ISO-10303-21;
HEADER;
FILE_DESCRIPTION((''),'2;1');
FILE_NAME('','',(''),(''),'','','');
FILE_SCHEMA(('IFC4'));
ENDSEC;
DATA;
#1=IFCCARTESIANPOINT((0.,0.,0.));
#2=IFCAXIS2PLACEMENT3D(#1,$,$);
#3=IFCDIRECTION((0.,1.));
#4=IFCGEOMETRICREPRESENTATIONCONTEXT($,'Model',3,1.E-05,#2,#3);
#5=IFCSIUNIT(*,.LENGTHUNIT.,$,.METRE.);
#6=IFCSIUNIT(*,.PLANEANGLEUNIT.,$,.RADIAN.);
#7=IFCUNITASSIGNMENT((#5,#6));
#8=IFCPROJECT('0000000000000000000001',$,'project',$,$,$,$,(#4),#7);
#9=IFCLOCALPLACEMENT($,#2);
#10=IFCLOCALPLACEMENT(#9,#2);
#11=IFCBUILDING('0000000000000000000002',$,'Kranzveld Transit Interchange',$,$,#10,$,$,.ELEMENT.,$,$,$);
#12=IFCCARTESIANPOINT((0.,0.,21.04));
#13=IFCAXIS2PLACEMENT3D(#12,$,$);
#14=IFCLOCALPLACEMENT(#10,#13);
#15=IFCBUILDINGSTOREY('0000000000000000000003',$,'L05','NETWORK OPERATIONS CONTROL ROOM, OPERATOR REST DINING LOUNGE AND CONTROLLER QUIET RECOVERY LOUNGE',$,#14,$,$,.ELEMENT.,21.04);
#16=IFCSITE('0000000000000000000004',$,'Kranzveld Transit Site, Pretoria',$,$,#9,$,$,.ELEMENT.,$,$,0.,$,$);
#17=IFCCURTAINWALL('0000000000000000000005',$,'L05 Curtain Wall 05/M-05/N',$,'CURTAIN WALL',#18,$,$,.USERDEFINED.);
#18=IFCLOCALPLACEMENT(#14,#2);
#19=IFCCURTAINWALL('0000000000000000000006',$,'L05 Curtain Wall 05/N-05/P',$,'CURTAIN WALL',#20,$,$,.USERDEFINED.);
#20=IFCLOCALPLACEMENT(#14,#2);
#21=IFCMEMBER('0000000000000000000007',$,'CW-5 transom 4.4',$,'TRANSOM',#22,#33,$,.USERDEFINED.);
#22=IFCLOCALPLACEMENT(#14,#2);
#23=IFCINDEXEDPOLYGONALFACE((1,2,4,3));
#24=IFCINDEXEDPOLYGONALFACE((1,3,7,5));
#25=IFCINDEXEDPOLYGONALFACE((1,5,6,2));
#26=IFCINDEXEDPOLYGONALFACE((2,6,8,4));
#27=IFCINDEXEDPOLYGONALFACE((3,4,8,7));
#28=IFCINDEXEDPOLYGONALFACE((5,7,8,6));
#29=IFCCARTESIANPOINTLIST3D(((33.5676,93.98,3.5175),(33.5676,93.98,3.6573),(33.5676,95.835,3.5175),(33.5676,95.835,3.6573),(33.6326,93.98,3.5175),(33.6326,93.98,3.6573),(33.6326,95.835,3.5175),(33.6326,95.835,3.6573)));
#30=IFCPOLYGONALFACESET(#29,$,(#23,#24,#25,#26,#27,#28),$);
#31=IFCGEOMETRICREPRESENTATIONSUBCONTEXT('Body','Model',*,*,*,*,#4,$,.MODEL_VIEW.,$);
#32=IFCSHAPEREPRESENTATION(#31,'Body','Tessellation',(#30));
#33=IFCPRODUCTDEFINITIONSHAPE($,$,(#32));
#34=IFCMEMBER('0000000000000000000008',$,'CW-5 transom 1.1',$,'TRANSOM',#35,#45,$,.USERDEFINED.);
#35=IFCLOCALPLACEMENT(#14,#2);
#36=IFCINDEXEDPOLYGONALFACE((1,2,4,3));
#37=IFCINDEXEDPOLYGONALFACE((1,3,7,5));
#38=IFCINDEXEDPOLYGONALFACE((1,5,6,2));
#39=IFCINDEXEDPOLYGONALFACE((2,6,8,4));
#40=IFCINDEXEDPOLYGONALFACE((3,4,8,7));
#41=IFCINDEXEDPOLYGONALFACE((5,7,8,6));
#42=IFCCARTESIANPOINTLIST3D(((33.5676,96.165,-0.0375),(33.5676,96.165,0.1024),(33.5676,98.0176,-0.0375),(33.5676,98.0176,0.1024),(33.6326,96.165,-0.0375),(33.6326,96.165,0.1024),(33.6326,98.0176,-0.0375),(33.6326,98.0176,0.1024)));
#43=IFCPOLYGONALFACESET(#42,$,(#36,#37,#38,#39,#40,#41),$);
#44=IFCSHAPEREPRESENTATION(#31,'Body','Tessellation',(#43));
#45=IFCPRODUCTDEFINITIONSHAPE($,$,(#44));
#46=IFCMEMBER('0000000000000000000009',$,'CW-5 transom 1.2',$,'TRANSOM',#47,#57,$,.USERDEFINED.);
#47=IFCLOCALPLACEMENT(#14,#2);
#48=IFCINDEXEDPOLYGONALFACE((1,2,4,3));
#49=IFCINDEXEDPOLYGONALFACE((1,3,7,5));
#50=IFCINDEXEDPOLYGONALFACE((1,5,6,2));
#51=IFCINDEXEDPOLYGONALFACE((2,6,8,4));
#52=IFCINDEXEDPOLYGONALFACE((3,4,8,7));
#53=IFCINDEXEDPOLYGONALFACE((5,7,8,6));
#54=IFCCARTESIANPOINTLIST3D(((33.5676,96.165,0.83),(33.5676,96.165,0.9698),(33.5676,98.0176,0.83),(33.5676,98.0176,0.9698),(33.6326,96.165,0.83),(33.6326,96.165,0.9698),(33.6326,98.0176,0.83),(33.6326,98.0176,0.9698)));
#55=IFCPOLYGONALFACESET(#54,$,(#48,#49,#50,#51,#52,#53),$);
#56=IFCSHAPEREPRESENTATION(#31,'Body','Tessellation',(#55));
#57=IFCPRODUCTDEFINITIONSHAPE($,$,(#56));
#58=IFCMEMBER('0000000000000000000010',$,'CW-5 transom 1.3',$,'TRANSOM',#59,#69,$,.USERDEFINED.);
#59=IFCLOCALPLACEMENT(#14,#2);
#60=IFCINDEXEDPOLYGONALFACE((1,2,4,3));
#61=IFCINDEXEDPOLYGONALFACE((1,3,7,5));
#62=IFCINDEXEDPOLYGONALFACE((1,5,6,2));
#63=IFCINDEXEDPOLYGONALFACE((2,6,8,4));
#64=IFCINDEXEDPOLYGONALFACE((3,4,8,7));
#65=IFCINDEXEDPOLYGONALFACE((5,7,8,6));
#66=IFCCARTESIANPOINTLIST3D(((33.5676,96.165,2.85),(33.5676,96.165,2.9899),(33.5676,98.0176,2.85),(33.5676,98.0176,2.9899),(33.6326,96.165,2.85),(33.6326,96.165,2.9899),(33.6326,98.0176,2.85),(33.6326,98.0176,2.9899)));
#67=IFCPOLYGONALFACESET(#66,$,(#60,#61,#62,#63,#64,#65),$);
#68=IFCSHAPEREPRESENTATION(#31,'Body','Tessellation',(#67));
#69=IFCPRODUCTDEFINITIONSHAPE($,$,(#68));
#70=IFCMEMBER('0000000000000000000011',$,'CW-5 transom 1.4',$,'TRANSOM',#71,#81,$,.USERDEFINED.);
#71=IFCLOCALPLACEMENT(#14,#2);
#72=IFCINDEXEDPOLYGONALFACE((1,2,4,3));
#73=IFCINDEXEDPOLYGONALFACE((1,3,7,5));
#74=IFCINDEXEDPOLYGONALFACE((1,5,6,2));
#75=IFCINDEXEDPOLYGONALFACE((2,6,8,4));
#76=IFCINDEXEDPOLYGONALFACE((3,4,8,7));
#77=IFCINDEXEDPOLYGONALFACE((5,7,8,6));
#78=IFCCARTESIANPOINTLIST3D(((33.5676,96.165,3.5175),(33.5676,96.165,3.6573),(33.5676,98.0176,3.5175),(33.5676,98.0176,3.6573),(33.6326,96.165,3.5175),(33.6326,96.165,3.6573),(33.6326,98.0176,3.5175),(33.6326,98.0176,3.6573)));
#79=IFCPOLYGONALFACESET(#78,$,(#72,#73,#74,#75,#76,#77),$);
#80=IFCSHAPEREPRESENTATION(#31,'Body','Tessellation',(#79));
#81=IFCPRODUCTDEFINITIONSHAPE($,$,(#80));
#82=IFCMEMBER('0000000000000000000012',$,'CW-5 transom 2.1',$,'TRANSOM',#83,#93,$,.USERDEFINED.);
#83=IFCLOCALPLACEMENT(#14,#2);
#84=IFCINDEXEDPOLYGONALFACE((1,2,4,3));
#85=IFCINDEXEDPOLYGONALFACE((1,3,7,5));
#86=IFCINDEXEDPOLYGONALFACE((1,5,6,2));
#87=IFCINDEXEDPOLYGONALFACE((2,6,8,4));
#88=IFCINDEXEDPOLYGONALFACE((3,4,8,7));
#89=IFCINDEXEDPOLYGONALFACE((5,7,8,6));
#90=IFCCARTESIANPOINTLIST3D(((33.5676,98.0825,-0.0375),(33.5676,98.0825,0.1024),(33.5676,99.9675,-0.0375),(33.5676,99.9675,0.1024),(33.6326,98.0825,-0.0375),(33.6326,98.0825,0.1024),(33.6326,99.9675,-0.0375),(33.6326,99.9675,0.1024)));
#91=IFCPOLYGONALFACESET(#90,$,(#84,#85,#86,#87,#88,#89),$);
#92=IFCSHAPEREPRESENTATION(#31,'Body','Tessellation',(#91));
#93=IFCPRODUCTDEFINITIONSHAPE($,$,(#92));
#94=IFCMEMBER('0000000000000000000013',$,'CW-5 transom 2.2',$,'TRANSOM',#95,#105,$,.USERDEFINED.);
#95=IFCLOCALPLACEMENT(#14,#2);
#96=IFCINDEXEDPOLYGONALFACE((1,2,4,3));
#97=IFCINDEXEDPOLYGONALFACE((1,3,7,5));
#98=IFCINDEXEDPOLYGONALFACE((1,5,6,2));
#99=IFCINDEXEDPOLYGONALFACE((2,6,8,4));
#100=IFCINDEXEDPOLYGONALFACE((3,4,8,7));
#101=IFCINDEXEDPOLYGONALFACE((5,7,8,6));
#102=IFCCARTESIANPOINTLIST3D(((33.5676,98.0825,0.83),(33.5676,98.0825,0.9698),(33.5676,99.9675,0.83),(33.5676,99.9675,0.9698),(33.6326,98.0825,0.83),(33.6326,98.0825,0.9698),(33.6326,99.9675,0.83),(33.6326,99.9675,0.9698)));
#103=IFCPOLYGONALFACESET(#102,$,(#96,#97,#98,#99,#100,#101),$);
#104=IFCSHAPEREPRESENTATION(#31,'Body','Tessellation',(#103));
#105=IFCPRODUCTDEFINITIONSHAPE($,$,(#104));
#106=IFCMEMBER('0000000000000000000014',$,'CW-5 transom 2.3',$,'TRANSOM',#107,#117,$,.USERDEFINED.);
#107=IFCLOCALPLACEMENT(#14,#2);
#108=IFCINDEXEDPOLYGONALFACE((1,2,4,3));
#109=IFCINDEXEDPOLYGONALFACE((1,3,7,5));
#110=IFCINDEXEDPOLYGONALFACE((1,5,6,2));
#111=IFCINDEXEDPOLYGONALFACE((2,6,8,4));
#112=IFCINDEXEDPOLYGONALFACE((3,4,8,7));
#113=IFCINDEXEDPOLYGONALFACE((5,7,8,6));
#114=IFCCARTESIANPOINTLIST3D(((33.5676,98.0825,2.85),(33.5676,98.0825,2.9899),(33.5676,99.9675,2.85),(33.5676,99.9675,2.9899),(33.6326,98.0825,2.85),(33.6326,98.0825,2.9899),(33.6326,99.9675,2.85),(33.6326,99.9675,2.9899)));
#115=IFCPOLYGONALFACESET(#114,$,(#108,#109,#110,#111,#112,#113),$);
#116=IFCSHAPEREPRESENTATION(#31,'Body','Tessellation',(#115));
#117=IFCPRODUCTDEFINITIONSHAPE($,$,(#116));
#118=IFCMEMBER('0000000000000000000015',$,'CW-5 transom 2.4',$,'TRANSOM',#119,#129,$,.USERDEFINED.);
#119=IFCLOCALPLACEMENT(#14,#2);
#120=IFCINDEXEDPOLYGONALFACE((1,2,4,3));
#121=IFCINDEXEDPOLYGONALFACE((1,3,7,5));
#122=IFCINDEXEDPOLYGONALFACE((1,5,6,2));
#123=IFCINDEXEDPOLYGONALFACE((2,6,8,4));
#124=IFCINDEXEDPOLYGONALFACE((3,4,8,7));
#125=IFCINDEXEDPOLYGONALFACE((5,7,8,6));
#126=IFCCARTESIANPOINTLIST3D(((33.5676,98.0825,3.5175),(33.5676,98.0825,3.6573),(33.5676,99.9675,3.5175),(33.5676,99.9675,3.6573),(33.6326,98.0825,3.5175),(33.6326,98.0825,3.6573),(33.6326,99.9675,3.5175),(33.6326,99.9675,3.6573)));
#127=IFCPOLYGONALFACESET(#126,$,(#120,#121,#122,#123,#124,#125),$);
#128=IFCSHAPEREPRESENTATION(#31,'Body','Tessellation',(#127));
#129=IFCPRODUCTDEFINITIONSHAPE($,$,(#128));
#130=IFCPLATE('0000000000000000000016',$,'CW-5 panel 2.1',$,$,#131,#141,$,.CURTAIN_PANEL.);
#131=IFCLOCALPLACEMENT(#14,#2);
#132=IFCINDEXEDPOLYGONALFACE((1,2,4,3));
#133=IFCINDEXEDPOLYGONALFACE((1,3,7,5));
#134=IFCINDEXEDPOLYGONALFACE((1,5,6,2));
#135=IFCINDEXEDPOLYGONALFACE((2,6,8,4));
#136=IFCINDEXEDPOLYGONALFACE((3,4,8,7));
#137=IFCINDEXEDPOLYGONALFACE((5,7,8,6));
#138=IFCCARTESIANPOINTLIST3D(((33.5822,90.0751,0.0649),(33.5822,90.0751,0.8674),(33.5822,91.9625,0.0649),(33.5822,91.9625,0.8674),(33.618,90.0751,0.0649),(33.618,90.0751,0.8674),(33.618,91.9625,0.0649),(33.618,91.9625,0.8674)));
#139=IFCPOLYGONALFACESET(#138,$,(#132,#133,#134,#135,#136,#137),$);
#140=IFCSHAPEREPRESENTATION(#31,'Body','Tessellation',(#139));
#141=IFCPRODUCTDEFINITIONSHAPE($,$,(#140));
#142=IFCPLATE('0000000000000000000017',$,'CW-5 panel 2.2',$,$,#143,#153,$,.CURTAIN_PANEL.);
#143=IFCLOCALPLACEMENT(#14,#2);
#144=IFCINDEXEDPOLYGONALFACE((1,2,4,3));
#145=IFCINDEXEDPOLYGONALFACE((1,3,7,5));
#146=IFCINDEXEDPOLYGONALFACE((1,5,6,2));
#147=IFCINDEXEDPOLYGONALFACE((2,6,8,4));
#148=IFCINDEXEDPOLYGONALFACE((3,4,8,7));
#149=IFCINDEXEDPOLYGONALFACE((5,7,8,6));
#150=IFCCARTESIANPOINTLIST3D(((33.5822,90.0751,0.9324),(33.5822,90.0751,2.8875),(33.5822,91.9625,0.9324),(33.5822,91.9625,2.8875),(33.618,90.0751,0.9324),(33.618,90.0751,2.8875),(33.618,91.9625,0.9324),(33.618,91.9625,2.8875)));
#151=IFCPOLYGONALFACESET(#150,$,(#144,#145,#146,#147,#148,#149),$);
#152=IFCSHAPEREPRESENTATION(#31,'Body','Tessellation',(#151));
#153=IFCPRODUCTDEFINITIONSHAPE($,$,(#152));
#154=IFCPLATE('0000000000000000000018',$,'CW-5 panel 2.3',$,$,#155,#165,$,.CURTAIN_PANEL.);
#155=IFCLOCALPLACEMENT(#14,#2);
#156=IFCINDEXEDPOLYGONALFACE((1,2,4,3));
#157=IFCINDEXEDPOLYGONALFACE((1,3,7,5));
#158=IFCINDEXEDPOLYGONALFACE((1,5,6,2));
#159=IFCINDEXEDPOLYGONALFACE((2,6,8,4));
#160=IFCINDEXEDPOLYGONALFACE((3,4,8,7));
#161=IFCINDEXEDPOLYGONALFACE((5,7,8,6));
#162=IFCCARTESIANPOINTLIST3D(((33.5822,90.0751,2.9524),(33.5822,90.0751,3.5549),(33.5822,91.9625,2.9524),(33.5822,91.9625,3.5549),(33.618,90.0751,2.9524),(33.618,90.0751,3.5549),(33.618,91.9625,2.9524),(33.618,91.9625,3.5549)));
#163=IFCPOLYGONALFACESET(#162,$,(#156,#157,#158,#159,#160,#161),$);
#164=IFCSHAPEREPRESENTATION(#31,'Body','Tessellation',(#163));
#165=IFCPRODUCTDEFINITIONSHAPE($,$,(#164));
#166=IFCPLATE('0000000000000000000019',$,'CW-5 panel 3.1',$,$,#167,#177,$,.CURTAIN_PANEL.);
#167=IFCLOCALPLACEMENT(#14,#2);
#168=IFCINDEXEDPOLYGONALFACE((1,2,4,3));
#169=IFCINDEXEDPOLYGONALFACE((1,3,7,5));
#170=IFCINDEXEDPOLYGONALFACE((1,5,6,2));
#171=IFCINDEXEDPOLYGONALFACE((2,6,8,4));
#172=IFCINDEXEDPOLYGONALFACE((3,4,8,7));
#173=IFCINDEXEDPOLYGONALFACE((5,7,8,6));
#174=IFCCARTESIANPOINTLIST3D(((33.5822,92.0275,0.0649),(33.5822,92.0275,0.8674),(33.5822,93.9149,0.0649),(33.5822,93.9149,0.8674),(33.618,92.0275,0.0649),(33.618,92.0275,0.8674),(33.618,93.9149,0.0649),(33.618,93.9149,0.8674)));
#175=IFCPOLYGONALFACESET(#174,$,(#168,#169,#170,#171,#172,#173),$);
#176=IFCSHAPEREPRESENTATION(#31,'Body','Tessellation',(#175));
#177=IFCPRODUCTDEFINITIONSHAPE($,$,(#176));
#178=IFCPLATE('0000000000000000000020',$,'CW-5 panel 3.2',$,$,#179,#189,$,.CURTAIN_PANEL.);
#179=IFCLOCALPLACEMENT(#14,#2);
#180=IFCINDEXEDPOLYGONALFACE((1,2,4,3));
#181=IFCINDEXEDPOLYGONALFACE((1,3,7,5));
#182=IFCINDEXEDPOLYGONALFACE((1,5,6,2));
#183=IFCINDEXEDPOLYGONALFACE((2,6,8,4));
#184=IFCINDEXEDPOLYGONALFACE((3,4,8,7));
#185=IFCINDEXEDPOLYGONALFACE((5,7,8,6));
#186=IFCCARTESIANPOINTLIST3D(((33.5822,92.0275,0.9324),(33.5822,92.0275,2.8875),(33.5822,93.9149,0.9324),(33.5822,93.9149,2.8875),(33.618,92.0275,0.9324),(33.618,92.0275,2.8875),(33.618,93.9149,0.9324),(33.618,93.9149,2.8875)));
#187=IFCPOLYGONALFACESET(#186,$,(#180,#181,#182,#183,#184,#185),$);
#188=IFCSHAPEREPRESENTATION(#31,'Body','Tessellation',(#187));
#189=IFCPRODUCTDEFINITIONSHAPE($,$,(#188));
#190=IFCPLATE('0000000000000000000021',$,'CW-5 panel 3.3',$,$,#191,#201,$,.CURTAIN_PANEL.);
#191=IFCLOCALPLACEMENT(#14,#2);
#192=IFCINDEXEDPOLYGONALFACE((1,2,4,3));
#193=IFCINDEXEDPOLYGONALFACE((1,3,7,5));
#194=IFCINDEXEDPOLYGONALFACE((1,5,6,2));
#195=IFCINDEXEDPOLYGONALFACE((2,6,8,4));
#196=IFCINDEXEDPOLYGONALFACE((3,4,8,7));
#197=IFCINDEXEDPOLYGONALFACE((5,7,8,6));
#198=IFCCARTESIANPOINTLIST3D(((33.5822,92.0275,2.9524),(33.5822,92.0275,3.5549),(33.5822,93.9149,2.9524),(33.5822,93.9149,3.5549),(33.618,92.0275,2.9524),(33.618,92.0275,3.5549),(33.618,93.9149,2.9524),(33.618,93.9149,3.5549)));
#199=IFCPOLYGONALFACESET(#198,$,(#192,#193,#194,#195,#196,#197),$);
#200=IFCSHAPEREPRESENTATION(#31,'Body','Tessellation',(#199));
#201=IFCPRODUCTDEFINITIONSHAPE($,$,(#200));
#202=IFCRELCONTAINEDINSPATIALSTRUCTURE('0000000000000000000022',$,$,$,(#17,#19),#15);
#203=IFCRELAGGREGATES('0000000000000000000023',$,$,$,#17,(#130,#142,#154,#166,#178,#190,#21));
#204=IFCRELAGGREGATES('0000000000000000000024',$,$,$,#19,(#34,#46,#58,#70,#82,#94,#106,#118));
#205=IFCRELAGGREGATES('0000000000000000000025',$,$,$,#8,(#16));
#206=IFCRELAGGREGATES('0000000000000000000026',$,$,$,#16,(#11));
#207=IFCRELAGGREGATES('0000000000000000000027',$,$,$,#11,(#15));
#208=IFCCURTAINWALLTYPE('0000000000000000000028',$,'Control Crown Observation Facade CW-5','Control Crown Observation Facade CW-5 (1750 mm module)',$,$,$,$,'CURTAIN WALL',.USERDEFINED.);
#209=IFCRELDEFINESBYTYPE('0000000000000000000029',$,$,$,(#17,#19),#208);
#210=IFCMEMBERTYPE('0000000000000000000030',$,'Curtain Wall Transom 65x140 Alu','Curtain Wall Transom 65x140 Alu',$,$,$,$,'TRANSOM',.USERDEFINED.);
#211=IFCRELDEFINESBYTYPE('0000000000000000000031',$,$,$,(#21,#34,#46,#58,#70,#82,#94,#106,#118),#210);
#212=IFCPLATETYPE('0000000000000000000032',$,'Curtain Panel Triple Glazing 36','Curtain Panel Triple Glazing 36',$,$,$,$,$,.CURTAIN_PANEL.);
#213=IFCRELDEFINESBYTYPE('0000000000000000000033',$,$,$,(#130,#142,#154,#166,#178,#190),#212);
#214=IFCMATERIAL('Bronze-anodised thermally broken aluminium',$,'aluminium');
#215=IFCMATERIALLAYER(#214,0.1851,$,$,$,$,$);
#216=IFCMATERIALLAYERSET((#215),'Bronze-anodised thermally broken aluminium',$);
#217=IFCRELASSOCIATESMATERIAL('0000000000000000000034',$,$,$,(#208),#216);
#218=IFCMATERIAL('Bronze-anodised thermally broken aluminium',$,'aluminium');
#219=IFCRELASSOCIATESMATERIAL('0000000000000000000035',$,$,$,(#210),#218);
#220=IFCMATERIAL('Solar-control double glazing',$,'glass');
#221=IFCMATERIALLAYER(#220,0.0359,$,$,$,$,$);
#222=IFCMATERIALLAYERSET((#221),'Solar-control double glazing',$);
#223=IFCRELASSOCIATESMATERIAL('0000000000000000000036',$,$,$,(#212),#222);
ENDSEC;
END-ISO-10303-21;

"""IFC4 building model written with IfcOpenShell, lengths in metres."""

from ifc_helpers import new_model, si_unit, direction, frame, origin, origin_2d, place, context, subcontext, project, spatial, rectangle, extrude, material, layer, layer_set, material_profile, profile_set, type_object, element, aggregate, save


model = new_model("IFC4")

# Units and contexts
model_context = context("Model", 3, precision=1e-05, world=origin(), true_north=direction((0.0, 1.0)))
body_context = subcontext(model_context, "Body", "Model", "MODEL_VIEW")
ifc_project = project(units=[si_unit("LENGTHUNIT", "METRE"), si_unit("PLANEANGLEUNIT", "RADIAN")], contexts=[model_context])

# Site, building, storey
site_placement = place(None, origin())
site = spatial("IfcSite", under=ifc_project, at=site_placement, Name="Kranzveld Transit Site, Pretoria", CompositionType="ELEMENT", RefElevation=0.0)
building_placement = place(site_placement, origin())
building = spatial("IfcBuilding", under=site, at=building_placement, Name="Kranzveld Transit Interchange", CompositionType="ELEMENT")
storey_placement = place(building_placement, frame((0.0, 0.0, 21.04)))
storey = spatial("IfcBuildingStorey", under=building, at=storey_placement, Name="L05", Description="NETWORK OPERATIONS CONTROL ROOM, OPERATOR REST DINING LOUNGE AND CONTROLLER QUIET RECOVERY LOUNGE", CompositionType="ELEMENT", Elevation=21.04)

# Curtain walls
ifc_material_1 = material(Name="Bronze-anodised thermally broken aluminium", Category="aluminium")
ifc_layer_1 = layer(ifc_material_1, 0.1851)
ifc_layer_set_1 = layer_set([ifc_layer_1], Name="Bronze-anodised thermally broken aluminium")
curtain_wall_type = type_object("IfcCurtainWallType", Name="Control Crown Observation Facade CW-5", Description="Control Crown Observation Facade CW-5 (1750 mm module)", ElementType="CURTAIN WALL", PredefinedType="USERDEFINED", material=ifc_layer_set_1)
curtain_wall_1_placement = place(storey_placement, origin())
curtain_wall_1 = element("IfcCurtainWall", 1, at=curtain_wall_1_placement, inside=storey, type_object=curtain_wall_type, Name="L05 Curtain Wall 05/M-05/N", ObjectType="CURTAIN WALL", PredefinedType="USERDEFINED")
curtain_wall_2_placement = place(storey_placement, origin())
curtain_wall_2 = element("IfcCurtainWall", 2, at=curtain_wall_2_placement, inside=storey, type_object=curtain_wall_type, Name="L05 Curtain Wall 05/N-05/P", ObjectType="CURTAIN WALL", PredefinedType="USERDEFINED")

# Members
ifc_material_2 = material(Name="Bronze-anodised thermally broken aluminium", Category="aluminium")
ifc_material_profile_1 = material_profile(ifc_material_2, rectangle(XDim=0.0649, YDim=0.1399, at=origin_2d()), Name="ALU TRANSOM 65x140")
ifc_profile_set_1 = profile_set([ifc_material_profile_1], Name="Bronze-anodised thermally broken aluminium")
member_type_1 = type_object("IfcMemberType", Name="Curtain Wall Transom 65x140 Alu", Description="Curtain Wall Transom 65x140 Alu", ElementType="TRANSOM", PredefinedType="USERDEFINED", material=ifc_profile_set_1)
member_1_placement = place(storey_placement, frame((33.6001, 93.98, 3.5874), z_axis=(0.0, 1.0, 0.0), x_axis=(-1.0, 0.0, 0.0)))
member_1 = element("IfcMember", 3, at=member_1_placement, type_object=member_type_1, Name="CW-5 transom 4.4", ObjectType="TRANSOM", PredefinedType="USERDEFINED", context=body_context, shape_type="SweptSolid", body=[
    extrude(rectangle(XDim=0.0649, YDim=0.1399, at=origin_2d()), origin(), (0.0, 0.0, 1.0), 1.855),
])
member_2_placement = place(storey_placement, frame((33.6001, 96.165, 0.0325), z_axis=(0.0, 1.0, 0.0), x_axis=(-1.0, 0.0, 0.0)))
member_2 = element("IfcMember", 4, at=member_2_placement, type_object=member_type_1, Name="CW-5 transom 1.1", ObjectType="TRANSOM", PredefinedType="USERDEFINED", context=body_context, shape_type="SweptSolid", body=[
    extrude(rectangle(XDim=0.0649, YDim=0.1399, at=origin_2d()), origin(), (0.0, 0.0, 1.0), 1.8525),
])
member_3_placement = place(storey_placement, frame((33.6001, 96.165, 0.8999), z_axis=(0.0, 1.0, 0.0), x_axis=(-1.0, 0.0, 0.0)))
member_3 = element("IfcMember", 5, at=member_3_placement, type_object=member_type_1, Name="CW-5 transom 1.2", ObjectType="TRANSOM", PredefinedType="USERDEFINED", context=body_context, shape_type="SweptSolid", body=[
    extrude(rectangle(XDim=0.0649, YDim=0.1399, at=origin_2d()), origin(), (0.0, 0.0, 1.0), 1.8525),
])
member_4_placement = place(storey_placement, frame((33.6001, 96.165, 2.9199), z_axis=(0.0, 1.0, 0.0), x_axis=(-1.0, 0.0, 0.0)))
member_4 = element("IfcMember", 6, at=member_4_placement, type_object=member_type_1, Name="CW-5 transom 1.3", ObjectType="TRANSOM", PredefinedType="USERDEFINED", context=body_context, shape_type="SweptSolid", body=[
    extrude(rectangle(XDim=0.0649, YDim=0.1399, at=origin_2d()), origin(), (0.0, 0.0, 1.0), 1.8525),
])
member_5_placement = place(storey_placement, frame((33.6001, 96.165, 3.5874), z_axis=(0.0, 1.0, 0.0), x_axis=(-1.0, 0.0, 0.0)))
member_5 = element("IfcMember", 7, at=member_5_placement, type_object=member_type_1, Name="CW-5 transom 1.4", ObjectType="TRANSOM", PredefinedType="USERDEFINED", context=body_context, shape_type="SweptSolid", body=[
    extrude(rectangle(XDim=0.0649, YDim=0.1399, at=origin_2d()), origin(), (0.0, 0.0, 1.0), 1.8525),
])
member_6_placement = place(storey_placement, frame((33.6001, 98.0825, 0.0325), z_axis=(0.0, 1.0, 0.0), x_axis=(-1.0, 0.0, 0.0)))
member_6 = element("IfcMember", 8, at=member_6_placement, type_object=member_type_1, Name="CW-5 transom 2.1", ObjectType="TRANSOM", PredefinedType="USERDEFINED", context=body_context, shape_type="SweptSolid", body=[
    extrude(rectangle(XDim=0.0649, YDim=0.1399, at=origin_2d()), origin(), (0.0, 0.0, 1.0), 1.885),
])
member_7_placement = place(storey_placement, frame((33.6001, 98.0825, 0.8999), z_axis=(0.0, 1.0, 0.0), x_axis=(-1.0, 0.0, 0.0)))
member_7 = element("IfcMember", 9, at=member_7_placement, type_object=member_type_1, Name="CW-5 transom 2.2", ObjectType="TRANSOM", PredefinedType="USERDEFINED", context=body_context, shape_type="SweptSolid", body=[
    extrude(rectangle(XDim=0.0649, YDim=0.1399, at=origin_2d()), origin(), (0.0, 0.0, 1.0), 1.885),
])
member_8_placement = place(storey_placement, frame((33.6001, 98.0825, 2.9199), z_axis=(0.0, 1.0, 0.0), x_axis=(-1.0, 0.0, 0.0)))
member_8 = element("IfcMember", 10, at=member_8_placement, type_object=member_type_1, Name="CW-5 transom 2.3", ObjectType="TRANSOM", PredefinedType="USERDEFINED", context=body_context, shape_type="SweptSolid", body=[
    extrude(rectangle(XDim=0.0649, YDim=0.1399, at=origin_2d()), origin(), (0.0, 0.0, 1.0), 1.885),
])
member_9_placement = place(storey_placement, frame((33.6001, 98.0825, 3.5874), z_axis=(0.0, 1.0, 0.0), x_axis=(-1.0, 0.0, 0.0)))
member_9 = element("IfcMember", 11, at=member_9_placement, type_object=member_type_1, Name="CW-5 transom 2.4", ObjectType="TRANSOM", PredefinedType="USERDEFINED", context=body_context, shape_type="SweptSolid", body=[
    extrude(rectangle(XDim=0.0649, YDim=0.1399, at=origin_2d()), origin(), (0.0, 0.0, 1.0), 1.885),
])

# Plates
ifc_material_3 = material(Name="Solar-control double glazing", Category="glass")
ifc_layer_2 = layer(ifc_material_3, 0.0359)
ifc_layer_set_2 = layer_set([ifc_layer_2], Name="Solar-control double glazing")
plate_type = type_object("IfcPlateType", Name="Curtain Panel Triple Glazing 36", Description="Curtain Panel Triple Glazing 36", PredefinedType="CURTAIN_PANEL", material=ifc_layer_set_2)
plate_1_placement = place(storey_placement, frame((33.6001, 91.0188, 0.0649), z_axis=(0.0, 0.0, 1.0), x_axis=(0.0, 1.0, 0.0)))
plate_1 = element("IfcPlate", 12, at=plate_1_placement, type_object=plate_type, Name="CW-5 panel 2.1", PredefinedType="CURTAIN_PANEL", context=body_context, shape_type="SweptSolid", body=[
    extrude(rectangle(XDim=1.8875, YDim=0.0359, at=origin_2d()), origin(), (0.0, 0.0, 1.0), 0.8025),
])
plate_2_placement = place(storey_placement, frame((33.6001, 91.0188, 0.9324), z_axis=(0.0, 0.0, 1.0), x_axis=(0.0, 1.0, 0.0)))
plate_2 = element("IfcPlate", 13, at=plate_2_placement, type_object=plate_type, Name="CW-5 panel 2.2", PredefinedType="CURTAIN_PANEL", context=body_context, shape_type="SweptSolid", body=[
    extrude(rectangle(XDim=1.8875, YDim=0.0359, at=origin_2d()), origin(), (0.0, 0.0, 1.0), 1.9551),
])
plate_3_placement = place(storey_placement, frame((33.6001, 91.0188, 2.9524), z_axis=(0.0, 0.0, 1.0), x_axis=(0.0, 1.0, 0.0)))
plate_3 = element("IfcPlate", 14, at=plate_3_placement, type_object=plate_type, Name="CW-5 panel 2.3", PredefinedType="CURTAIN_PANEL", context=body_context, shape_type="SweptSolid", body=[
    extrude(rectangle(XDim=1.8875, YDim=0.0359, at=origin_2d()), origin(), (0.0, 0.0, 1.0), 0.6025),
])
plate_4_placement = place(storey_placement, frame((33.6001, 92.9712, 0.0649), z_axis=(0.0, 0.0, 1.0), x_axis=(0.0, 1.0, 0.0)))
plate_4 = element("IfcPlate", 15, at=plate_4_placement, type_object=plate_type, Name="CW-5 panel 3.1", PredefinedType="CURTAIN_PANEL", context=body_context, shape_type="SweptSolid", body=[
    extrude(rectangle(XDim=1.8875, YDim=0.0359, at=origin_2d()), origin(), (0.0, 0.0, 1.0), 0.8025),
])
plate_5_placement = place(storey_placement, frame((33.6001, 92.9712, 0.9324), z_axis=(0.0, 0.0, 1.0), x_axis=(0.0, 1.0, 0.0)))
plate_5 = element("IfcPlate", 16, at=plate_5_placement, type_object=plate_type, Name="CW-5 panel 3.2", PredefinedType="CURTAIN_PANEL", context=body_context, shape_type="SweptSolid", body=[
    extrude(rectangle(XDim=1.8875, YDim=0.0359, at=origin_2d()), origin(), (0.0, 0.0, 1.0), 1.9551),
])
plate_6_placement = place(storey_placement, frame((33.6001, 92.9712, 2.9524), z_axis=(0.0, 0.0, 1.0), x_axis=(0.0, 1.0, 0.0)))
plate_6 = element("IfcPlate", 17, at=plate_6_placement, type_object=plate_type, Name="CW-5 panel 3.3", PredefinedType="CURTAIN_PANEL", context=body_context, shape_type="SweptSolid", body=[
    extrude(rectangle(XDim=1.8875, YDim=0.0359, at=origin_2d()), origin(), (0.0, 0.0, 1.0), 0.6025),
])
aggregate(curtain_wall_1, [plate_1, plate_2, plate_3, plate_4, plate_5, plate_6, member_1])
aggregate(curtain_wall_2, [member_2, member_3, member_4, member_5, member_6, member_7, member_8, member_9])

save(model, "model.ifc")
